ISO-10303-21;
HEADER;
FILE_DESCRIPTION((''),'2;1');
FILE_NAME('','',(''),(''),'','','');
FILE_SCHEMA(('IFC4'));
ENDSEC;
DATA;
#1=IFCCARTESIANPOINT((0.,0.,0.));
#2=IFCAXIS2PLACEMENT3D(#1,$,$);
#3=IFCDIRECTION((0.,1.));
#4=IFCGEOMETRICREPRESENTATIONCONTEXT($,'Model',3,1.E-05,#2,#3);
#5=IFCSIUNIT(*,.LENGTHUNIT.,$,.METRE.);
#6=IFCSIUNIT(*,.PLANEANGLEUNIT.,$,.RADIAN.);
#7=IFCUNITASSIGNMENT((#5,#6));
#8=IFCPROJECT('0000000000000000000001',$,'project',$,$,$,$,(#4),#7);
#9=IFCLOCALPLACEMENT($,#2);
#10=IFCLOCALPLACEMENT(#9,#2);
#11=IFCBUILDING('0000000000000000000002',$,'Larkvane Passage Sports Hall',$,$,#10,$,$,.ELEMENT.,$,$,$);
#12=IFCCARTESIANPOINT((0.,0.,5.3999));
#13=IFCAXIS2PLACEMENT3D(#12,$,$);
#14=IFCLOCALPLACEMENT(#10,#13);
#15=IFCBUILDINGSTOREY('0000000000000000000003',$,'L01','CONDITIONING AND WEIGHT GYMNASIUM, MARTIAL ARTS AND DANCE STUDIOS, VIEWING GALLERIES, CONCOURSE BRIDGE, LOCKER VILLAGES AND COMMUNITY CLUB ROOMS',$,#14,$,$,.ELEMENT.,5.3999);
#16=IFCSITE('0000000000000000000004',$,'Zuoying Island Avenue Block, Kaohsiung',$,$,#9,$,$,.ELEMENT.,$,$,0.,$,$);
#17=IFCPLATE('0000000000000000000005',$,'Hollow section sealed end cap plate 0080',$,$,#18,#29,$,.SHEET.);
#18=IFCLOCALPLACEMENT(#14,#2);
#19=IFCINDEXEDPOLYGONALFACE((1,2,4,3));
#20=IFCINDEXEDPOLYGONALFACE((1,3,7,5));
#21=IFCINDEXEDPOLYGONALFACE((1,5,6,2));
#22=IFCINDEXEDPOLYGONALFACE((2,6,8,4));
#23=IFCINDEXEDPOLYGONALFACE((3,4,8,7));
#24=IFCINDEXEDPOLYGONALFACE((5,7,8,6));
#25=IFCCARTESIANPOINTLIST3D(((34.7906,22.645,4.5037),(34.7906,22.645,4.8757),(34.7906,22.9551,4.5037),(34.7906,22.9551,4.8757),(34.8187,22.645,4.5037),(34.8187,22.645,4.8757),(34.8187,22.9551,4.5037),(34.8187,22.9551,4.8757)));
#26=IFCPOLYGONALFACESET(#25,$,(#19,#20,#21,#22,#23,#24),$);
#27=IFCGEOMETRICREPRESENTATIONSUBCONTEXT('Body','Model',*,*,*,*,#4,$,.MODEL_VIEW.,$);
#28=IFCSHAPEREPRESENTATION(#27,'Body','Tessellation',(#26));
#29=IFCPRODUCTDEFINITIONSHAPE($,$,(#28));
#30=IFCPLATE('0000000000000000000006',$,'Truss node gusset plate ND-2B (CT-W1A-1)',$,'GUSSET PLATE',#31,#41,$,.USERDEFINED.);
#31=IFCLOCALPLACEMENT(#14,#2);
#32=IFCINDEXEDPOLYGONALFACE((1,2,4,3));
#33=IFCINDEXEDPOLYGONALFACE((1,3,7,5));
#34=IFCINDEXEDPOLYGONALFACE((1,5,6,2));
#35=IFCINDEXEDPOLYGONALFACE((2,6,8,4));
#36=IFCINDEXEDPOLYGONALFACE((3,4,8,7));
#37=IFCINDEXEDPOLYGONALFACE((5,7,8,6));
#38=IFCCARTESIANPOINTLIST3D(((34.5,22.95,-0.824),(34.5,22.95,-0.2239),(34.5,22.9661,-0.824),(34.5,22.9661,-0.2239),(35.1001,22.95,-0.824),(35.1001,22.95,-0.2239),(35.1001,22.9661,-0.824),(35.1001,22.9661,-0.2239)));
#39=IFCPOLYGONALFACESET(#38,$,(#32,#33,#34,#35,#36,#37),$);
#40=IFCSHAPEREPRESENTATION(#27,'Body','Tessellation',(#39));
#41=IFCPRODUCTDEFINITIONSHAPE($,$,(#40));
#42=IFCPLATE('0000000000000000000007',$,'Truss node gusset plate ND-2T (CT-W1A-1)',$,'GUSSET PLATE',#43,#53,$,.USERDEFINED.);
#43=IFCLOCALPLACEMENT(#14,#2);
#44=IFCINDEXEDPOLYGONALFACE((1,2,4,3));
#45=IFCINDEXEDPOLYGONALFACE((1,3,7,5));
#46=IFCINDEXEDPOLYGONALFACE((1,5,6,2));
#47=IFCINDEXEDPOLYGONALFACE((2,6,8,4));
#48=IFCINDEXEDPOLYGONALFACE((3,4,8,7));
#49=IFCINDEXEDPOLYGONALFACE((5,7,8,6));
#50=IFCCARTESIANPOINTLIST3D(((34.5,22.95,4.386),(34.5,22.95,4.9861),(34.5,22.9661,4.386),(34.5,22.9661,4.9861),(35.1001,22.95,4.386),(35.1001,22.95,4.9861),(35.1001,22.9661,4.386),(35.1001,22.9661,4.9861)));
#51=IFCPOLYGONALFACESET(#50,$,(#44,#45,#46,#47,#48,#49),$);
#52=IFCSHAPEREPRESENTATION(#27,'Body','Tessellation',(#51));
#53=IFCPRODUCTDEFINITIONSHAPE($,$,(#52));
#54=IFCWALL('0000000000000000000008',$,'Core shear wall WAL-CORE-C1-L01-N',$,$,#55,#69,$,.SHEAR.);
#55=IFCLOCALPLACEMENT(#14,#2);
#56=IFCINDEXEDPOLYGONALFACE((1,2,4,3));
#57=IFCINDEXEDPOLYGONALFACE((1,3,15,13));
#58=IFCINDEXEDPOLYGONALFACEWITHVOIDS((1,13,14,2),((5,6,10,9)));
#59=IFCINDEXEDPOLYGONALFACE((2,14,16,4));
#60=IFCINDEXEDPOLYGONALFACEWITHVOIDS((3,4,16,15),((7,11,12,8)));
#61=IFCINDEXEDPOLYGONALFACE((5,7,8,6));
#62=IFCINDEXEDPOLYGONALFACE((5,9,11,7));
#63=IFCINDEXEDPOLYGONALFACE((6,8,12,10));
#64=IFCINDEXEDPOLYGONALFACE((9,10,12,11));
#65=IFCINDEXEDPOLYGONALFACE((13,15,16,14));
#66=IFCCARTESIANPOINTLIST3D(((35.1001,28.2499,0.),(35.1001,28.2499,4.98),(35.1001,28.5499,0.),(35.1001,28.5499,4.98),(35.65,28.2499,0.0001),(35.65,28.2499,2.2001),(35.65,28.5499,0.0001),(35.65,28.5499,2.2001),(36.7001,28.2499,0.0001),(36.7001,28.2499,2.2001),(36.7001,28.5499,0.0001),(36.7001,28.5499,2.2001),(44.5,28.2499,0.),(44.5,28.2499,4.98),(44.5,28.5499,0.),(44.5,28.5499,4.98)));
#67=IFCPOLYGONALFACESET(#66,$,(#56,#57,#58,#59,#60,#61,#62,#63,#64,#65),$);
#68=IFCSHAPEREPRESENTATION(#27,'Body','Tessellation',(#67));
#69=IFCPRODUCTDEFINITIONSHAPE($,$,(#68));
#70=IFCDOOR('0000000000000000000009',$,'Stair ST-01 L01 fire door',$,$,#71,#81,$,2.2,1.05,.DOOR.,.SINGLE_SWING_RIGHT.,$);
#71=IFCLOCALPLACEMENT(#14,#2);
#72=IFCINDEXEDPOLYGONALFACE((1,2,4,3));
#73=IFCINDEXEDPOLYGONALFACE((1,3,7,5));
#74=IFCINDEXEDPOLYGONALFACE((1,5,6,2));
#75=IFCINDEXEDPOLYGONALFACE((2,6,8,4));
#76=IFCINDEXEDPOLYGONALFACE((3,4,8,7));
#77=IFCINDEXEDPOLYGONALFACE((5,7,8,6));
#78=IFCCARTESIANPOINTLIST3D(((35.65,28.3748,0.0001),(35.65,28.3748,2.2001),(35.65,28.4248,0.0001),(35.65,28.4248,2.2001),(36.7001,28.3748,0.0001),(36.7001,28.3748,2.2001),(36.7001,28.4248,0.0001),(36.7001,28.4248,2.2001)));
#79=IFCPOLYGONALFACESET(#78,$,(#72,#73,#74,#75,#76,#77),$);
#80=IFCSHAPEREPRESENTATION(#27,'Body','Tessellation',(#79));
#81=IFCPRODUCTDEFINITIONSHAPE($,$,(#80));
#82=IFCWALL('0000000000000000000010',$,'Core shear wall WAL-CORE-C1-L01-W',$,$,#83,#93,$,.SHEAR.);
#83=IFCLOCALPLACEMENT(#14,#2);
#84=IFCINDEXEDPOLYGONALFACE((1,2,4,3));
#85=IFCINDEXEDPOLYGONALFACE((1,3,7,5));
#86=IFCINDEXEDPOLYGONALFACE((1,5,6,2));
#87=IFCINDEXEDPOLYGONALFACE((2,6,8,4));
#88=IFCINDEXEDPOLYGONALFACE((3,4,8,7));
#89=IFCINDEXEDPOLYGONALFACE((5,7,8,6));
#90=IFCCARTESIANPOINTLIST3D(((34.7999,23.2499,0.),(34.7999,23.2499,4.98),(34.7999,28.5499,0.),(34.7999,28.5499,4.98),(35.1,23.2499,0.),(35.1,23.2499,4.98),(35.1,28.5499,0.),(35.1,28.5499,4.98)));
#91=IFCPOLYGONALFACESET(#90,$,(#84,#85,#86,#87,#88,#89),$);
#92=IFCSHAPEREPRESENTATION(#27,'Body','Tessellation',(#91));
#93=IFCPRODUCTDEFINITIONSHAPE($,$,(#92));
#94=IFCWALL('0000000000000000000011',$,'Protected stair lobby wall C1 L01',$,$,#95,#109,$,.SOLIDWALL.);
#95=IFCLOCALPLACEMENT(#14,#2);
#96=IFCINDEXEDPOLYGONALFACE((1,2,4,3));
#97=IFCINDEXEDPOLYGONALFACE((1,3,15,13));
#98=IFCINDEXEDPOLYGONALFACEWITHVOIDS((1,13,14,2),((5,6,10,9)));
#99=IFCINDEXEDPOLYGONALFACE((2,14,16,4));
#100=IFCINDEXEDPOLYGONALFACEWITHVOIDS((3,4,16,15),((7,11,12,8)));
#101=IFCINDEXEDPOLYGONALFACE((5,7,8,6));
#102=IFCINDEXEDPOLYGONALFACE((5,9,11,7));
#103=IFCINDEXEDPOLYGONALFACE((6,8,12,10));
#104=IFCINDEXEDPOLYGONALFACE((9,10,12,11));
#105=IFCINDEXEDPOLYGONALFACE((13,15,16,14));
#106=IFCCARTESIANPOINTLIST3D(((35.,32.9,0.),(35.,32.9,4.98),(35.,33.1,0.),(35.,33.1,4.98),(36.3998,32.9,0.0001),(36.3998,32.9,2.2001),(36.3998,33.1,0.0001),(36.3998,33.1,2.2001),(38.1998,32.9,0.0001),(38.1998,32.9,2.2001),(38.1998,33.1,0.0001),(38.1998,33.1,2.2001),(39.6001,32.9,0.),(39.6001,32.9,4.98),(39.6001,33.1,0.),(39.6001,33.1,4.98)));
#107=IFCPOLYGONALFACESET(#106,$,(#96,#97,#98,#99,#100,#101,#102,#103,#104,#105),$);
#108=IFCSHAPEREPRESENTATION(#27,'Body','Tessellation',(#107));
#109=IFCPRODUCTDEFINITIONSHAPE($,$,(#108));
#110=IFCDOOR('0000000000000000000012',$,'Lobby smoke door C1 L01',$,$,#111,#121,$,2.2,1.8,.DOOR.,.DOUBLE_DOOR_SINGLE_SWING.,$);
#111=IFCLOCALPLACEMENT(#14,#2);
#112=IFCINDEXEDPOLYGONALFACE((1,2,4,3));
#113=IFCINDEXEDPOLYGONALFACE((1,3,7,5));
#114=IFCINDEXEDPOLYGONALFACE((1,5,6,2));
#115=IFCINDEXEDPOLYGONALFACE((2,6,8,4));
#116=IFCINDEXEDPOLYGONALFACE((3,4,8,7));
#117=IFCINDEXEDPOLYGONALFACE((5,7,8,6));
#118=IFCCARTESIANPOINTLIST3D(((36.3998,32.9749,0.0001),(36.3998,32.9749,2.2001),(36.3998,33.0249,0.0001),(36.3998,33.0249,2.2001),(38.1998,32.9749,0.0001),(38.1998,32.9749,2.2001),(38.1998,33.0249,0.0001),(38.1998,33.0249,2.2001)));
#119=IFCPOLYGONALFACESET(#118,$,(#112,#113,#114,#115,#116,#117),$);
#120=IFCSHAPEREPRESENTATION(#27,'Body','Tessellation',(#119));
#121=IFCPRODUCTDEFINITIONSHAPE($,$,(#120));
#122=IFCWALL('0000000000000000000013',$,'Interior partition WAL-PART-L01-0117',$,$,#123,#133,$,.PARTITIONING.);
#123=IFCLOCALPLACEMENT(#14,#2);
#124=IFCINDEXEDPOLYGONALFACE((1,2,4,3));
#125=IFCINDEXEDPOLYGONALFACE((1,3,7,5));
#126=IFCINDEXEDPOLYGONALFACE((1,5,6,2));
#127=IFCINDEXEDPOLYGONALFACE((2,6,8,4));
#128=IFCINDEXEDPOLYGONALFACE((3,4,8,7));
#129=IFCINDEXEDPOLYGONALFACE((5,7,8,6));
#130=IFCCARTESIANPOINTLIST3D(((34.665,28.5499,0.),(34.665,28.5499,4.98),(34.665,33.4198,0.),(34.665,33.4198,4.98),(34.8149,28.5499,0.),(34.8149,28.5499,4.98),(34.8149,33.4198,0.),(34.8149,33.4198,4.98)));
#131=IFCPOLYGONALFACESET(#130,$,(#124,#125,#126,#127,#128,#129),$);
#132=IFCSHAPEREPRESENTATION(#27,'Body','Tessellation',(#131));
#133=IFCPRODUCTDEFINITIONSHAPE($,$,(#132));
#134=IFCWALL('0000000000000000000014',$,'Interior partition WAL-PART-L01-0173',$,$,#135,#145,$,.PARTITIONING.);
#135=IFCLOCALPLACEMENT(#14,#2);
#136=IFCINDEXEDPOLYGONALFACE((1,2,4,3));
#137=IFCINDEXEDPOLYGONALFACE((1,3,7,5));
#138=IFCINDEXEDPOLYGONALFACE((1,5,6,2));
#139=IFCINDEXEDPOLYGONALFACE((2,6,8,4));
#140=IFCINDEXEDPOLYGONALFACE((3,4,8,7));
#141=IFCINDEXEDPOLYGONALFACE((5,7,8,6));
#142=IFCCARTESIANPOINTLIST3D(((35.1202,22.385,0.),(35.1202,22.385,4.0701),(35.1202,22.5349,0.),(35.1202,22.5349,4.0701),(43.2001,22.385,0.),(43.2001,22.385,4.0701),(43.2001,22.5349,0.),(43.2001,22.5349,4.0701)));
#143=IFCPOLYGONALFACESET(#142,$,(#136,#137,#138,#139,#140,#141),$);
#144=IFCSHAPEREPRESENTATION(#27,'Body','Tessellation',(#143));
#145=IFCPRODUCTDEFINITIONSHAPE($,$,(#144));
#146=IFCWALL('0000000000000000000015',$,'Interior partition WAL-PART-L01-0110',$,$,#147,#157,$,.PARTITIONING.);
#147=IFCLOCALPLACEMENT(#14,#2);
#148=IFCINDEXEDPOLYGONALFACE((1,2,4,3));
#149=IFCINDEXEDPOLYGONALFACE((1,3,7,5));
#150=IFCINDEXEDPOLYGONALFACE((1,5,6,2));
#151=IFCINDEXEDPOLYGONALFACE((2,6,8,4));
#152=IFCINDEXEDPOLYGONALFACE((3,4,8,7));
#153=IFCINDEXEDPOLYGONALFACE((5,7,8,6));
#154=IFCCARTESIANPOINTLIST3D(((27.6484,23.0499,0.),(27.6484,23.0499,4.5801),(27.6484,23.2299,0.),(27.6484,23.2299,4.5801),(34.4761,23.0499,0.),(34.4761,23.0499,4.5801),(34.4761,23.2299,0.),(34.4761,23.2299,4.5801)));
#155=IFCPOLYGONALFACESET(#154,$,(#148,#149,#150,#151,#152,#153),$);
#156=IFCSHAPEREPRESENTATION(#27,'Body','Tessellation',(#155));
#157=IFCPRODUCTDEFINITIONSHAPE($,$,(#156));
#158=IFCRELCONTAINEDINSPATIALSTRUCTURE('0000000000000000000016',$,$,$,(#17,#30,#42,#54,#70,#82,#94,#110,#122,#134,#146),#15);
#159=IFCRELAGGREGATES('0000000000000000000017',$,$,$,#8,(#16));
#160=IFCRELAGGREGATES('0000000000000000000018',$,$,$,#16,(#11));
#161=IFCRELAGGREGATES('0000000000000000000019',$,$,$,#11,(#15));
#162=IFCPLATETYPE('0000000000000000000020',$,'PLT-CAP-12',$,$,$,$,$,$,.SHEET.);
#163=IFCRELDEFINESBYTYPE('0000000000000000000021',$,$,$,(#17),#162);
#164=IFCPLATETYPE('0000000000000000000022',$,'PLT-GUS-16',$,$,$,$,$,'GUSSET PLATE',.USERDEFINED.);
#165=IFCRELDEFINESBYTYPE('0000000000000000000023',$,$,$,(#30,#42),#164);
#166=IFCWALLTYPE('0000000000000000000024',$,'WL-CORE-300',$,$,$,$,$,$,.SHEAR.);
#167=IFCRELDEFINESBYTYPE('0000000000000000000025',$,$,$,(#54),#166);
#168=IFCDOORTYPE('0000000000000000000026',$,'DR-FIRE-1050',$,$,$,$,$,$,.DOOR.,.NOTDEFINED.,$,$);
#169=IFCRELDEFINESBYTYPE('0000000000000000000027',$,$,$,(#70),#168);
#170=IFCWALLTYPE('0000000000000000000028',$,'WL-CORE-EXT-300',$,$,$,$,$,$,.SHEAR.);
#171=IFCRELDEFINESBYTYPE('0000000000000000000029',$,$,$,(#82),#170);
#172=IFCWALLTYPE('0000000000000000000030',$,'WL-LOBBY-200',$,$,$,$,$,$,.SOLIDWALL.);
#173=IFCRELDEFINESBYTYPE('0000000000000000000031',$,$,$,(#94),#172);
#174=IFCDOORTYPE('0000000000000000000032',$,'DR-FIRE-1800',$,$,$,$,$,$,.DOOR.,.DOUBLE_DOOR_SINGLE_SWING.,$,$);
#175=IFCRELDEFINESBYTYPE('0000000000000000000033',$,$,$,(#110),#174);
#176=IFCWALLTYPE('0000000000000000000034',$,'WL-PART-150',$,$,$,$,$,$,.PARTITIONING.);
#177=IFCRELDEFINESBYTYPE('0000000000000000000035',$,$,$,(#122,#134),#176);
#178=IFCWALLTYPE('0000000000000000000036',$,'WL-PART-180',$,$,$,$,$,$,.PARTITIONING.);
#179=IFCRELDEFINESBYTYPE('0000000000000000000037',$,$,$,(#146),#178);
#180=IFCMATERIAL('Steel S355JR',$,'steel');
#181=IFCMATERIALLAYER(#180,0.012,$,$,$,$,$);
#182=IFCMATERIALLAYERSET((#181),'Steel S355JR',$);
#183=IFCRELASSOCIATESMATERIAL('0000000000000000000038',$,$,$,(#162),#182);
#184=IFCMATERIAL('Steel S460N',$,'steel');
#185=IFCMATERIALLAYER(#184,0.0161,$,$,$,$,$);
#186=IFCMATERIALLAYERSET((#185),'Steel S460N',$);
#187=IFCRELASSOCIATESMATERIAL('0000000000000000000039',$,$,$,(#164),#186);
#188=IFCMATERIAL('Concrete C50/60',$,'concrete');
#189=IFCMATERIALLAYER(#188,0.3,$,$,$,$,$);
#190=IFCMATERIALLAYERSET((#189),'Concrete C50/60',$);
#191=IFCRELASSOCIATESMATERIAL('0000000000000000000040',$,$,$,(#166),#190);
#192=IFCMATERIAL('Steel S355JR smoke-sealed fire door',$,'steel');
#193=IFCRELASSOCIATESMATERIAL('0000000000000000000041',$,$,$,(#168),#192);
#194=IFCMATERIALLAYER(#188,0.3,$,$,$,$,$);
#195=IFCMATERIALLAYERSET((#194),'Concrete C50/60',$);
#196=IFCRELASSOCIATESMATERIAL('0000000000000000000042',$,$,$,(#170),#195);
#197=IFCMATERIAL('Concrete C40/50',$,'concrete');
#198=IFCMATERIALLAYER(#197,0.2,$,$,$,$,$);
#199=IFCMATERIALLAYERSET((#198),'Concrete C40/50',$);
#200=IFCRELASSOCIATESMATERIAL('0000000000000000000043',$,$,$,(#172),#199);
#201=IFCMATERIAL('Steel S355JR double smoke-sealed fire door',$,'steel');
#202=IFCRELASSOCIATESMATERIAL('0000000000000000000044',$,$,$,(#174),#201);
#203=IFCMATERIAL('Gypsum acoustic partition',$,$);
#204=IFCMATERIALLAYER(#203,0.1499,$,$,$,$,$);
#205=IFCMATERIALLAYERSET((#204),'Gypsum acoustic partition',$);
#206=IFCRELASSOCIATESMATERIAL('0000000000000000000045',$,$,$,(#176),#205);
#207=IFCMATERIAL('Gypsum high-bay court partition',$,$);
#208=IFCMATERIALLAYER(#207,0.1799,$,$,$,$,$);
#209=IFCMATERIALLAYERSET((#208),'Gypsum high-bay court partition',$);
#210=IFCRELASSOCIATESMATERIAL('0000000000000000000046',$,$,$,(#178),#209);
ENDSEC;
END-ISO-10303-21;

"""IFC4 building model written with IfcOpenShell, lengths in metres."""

from ifc_helpers import new_model, si_unit, direction, frame, frame_2d, origin, origin_2d, place, context, subcontext, project, spatial, rectangle, extrude, material, layer, layer_set, type_object, element, fill, save


model = new_model("IFC4")

# Units and contexts
model_context = context("Model", 3, precision=1e-05, world=origin(), true_north=direction((0.0, 1.0)))
body_context = subcontext(model_context, "Body", "Model", "MODEL_VIEW")
ifc_project = project(units=[si_unit("LENGTHUNIT", "METRE"), si_unit("PLANEANGLEUNIT", "RADIAN")], contexts=[model_context])

# Site, building, storey
site_placement = place(None, origin())
site = spatial("IfcSite", under=ifc_project, at=site_placement, Name="Zuoying Island Avenue Block, Kaohsiung", CompositionType="ELEMENT", RefElevation=0.0)
building_placement = place(site_placement, origin())
building = spatial("IfcBuilding", under=site, at=building_placement, Name="Larkvane Passage Sports Hall", CompositionType="ELEMENT")
storey_placement = place(building_placement, frame((0.0, 0.0, 5.3999)))
storey = spatial("IfcBuildingStorey", under=building, at=storey_placement, Name="L01", Description="CONDITIONING AND WEIGHT GYMNASIUM, MARTIAL ARTS AND DANCE STUDIOS, VIEWING GALLERIES, CONCOURSE BRIDGE, LOCKER VILLAGES AND COMMUNITY CLUB ROOMS", CompositionType="ELEMENT", Elevation=5.3999)

# Shared definitions
ifc_material_1 = material(Name="Steel S460N", Category="steel")

# Shared definitions
ifc_material_2 = material(Name="Steel S355JR", Category="steel")

# Plates
ifc_layer_1 = layer(ifc_material_2, 0.012)
ifc_layer_set_1 = layer_set([ifc_layer_1], Name="Steel S355JR")
plate_type_1 = type_object("IfcPlateType", Name="PLT-CAP-12", PredefinedType="SHEET", material=ifc_layer_set_1)
plate_1_placement = place(storey_placement, frame((34.8047, 22.8, 4.5037), z_axis=(0.0, 0.0, 1.0), x_axis=(0.0, 1.0, 0.0)))
element("IfcPlate", 1, at=plate_1_placement, inside=storey, type_object=plate_type_1, Name="Hollow section sealed end cap plate 0080", PredefinedType="SHEET", context=body_context, shape_type="SweptSolid", body=[
    extrude(rectangle(XDim=0.3101, YDim=0.0281, at=origin_2d()), origin(), (0.0, 0.0, 1.0), 0.3721),
])
ifc_layer_2 = layer(ifc_material_1, 0.0161)
ifc_layer_set_2 = layer_set([ifc_layer_2], Name="Steel S460N")
plate_type_2 = type_object("IfcPlateType", Name="PLT-GUS-16", ElementType="GUSSET PLATE", PredefinedType="USERDEFINED", material=ifc_layer_set_2)
for number, where, z_axis, x_axis, name in (
    (2, (34.8, 22.958, -0.824), (0.0, 0.0, 1.0), (1.0, 0.0, 0.0), "Truss node gusset plate ND-2B (CT-W1A-1)"),
    (3, (34.8, 22.958, 4.386), (0.0, 0.0, 1.0), (1.0, 0.0, 0.0), "Truss node gusset plate ND-2T (CT-W1A-1)"),
):
    element("IfcPlate", number, at=place(storey_placement, frame(where, z_axis=z_axis, x_axis=x_axis)), inside=storey, type_object=plate_type_2, Name=name, ObjectType="GUSSET PLATE", PredefinedType="USERDEFINED", context=body_context, shape_type="SweptSolid", body=[
        extrude(rectangle(XDim=0.6001, YDim=0.0161, at=origin_2d()), origin(), (0.0, 0.0, 1.0), 0.6001),
    ])

# Wall, opening, door
ifc_material_3 = material(Name="Concrete C50/60", Category="concrete")
ifc_layer_3 = layer(ifc_material_3, 0.3)
ifc_layer_set_3 = layer_set([ifc_layer_3], Name="Concrete C50/60")
wall_type_1 = type_object("IfcWallType", Name="WL-CORE-300", PredefinedType="SHEAR", material=ifc_layer_set_3)
wall_1_placement = place(storey_placement, frame((35.1001, 28.3999, 0.0), z_axis=(0.0, 0.0, 1.0), x_axis=(1.0, 0.0, 0.0)))
wall_1 = element("IfcWall", 4, at=wall_1_placement, inside=storey, type_object=wall_type_1, Name="Core shear wall WAL-CORE-C1-L01-N", PredefinedType="SHEAR", context=body_context, shape_type="SweptSolid", body=[
    extrude(rectangle(XDim=9.3999, YDim=0.3, at=frame_2d((4.7, 0.0))), origin(), (0.0, 0.0, 1.0), 4.98),
])
opening_1_placement = place(wall_1_placement, frame((0.55, 0.0, 0.0)))
opening_1 = element("IfcOpeningElement", 5, at=opening_1_placement, cuts=wall_1, PredefinedType="OPENING", context=body_context, shape_type="SweptSolid", body=[
    extrude(rectangle(XDim=1.05, YDim=2.2, at=frame_2d((0.5249, 1.1001))), frame((0.0, 0.1599, 0.0), z_axis=(0.0, -1.0, 0.0), x_axis=(1.0, 0.0, 0.0)), (0.0, 0.0, 1.0), 0.3201),
])
ifc_material_4 = material(Name="Steel S355JR smoke-sealed fire door", Category="steel")
door_type_1 = type_object("IfcDoorType", Name="DR-FIRE-1050", OperationType="NOTDEFINED", PredefinedType="DOOR", material=ifc_material_4)
door_1_placement = place(opening_1_placement, origin())
door_1 = element("IfcDoor", 6, at=door_1_placement, inside=storey, type_object=door_type_1, Name="Stair ST-01 L01 fire door", OperationType="SINGLE_SWING_RIGHT", OverallHeight=2.2, OverallWidth=1.05, PredefinedType="DOOR", context=body_context, shape_type="SweptSolid", body=[
    extrude(rectangle(XDim=1.05, YDim=2.2, at=frame_2d((0.5249, 1.1001))), frame((0.0, 0.0249, 0.0), z_axis=(0.0, -1.0, 0.0), x_axis=(1.0, 0.0, 0.0)), (0.0, 0.0, 1.0), 0.05),
])
fill(opening_1, door_1)

# Wall
ifc_layer_4 = layer(ifc_material_3, 0.3)
ifc_layer_set_4 = layer_set([ifc_layer_4], Name="Concrete C50/60")
wall_type_2 = type_object("IfcWallType", Name="WL-CORE-EXT-300", PredefinedType="SHEAR", material=ifc_layer_set_4)
wall_2_placement = place(storey_placement, frame((34.95, 23.25, 0.0), z_axis=(0.0, 0.0, 1.0), x_axis=(0.0, 1.0, 0.0)))
element("IfcWall", 7, at=wall_2_placement, inside=storey, type_object=wall_type_2, Name="Core shear wall WAL-CORE-C1-L01-W", PredefinedType="SHEAR", context=body_context, shape_type="SweptSolid", body=[
    extrude(rectangle(XDim=5.3, YDim=0.3, at=frame_2d((2.6499, 0.0))), origin(), (0.0, 0.0, 1.0), 4.98),
])

# Wall, opening, door
ifc_material_5 = material(Name="Concrete C40/50", Category="concrete")
ifc_layer_5 = layer(ifc_material_5, 0.2)
ifc_layer_set_5 = layer_set([ifc_layer_5], Name="Concrete C40/50")
wall_type_3 = type_object("IfcWallType", Name="WL-LOBBY-200", PredefinedType="SOLIDWALL", material=ifc_layer_set_5)
wall_3_placement = place(storey_placement, frame((35.0, 33.0, 0.0), z_axis=(0.0, 0.0, 1.0), x_axis=(1.0, 0.0, 0.0)))
wall_3 = element("IfcWall", 8, at=wall_3_placement, inside=storey, type_object=wall_type_3, Name="Protected stair lobby wall C1 L01", PredefinedType="SOLIDWALL", context=body_context, shape_type="SweptSolid", body=[
    extrude(rectangle(XDim=4.6001, YDim=0.2, at=frame_2d((2.3, 0.0))), origin(), (0.0, 0.0, 1.0), 4.98),
])
opening_2_placement = place(wall_3_placement, frame((1.3999, 0.0, 0.0)))
opening_2 = element("IfcOpeningElement", 9, at=opening_2_placement, cuts=wall_3, PredefinedType="OPENING", context=body_context, shape_type="SweptSolid", body=[
    extrude(rectangle(XDim=1.8, YDim=2.2, at=frame_2d((0.8999, 1.1001))), frame((0.0, 0.1099, 0.0), z_axis=(0.0, -1.0, 0.0), x_axis=(1.0, 0.0, 0.0)), (0.0, 0.0, 1.0), 0.22),
])
ifc_material_6 = material(Name="Steel S355JR double smoke-sealed fire door", Category="steel")
door_type_2 = type_object("IfcDoorType", Name="DR-FIRE-1800", OperationType="DOUBLE_DOOR_SINGLE_SWING", PredefinedType="DOOR", material=ifc_material_6)
door_2_placement = place(opening_2_placement, origin())
door_2 = element("IfcDoor", 10, at=door_2_placement, inside=storey, type_object=door_type_2, Name="Lobby smoke door C1 L01", OperationType="DOUBLE_DOOR_SINGLE_SWING", OverallHeight=2.2, OverallWidth=1.8, PredefinedType="DOOR", context=body_context, shape_type="SweptSolid", body=[
    extrude(rectangle(XDim=1.8, YDim=2.2, at=frame_2d((0.8999, 1.1001))), frame((0.0, 0.0249, 0.0), z_axis=(0.0, -1.0, 0.0), x_axis=(1.0, 0.0, 0.0)), (0.0, 0.0, 1.0), 0.05),
])
fill(opening_2, door_2)

# Walls
ifc_material_7 = material(Name="Gypsum acoustic partition")
ifc_layer_6 = layer(ifc_material_7, 0.1499)
ifc_layer_set_6 = layer_set([ifc_layer_6], Name="Gypsum acoustic partition")
wall_type_4 = type_object("IfcWallType", Name="WL-PART-150", PredefinedType="PARTITIONING", material=ifc_layer_set_6)
wall_4_placement = place(storey_placement, frame((34.74, 33.4199, 0.0), z_axis=(0.0, 0.0, 1.0), x_axis=(0.0, -1.0, 0.0)))
element("IfcWall", 11, at=wall_4_placement, inside=storey, type_object=wall_type_4, Name="Interior partition WAL-PART-L01-0117", PredefinedType="PARTITIONING", context=body_context, shape_type="SweptSolid", body=[
    extrude(rectangle(XDim=4.8699, YDim=0.1499, at=frame_2d((2.4351, 0.0))), origin(), (0.0, 0.0, 1.0), 4.98),
])
wall_5_placement = place(storey_placement, frame((35.1201, 22.46, 0.0), z_axis=(0.0, 0.0, 1.0), x_axis=(1.0, 0.0, 0.0)))
element("IfcWall", 12, at=wall_5_placement, inside=storey, type_object=wall_type_4, Name="Interior partition WAL-PART-L01-0173", PredefinedType="PARTITIONING", context=body_context, shape_type="SweptSolid", body=[
    extrude(rectangle(XDim=8.0798, YDim=0.1499, at=frame_2d((4.04, 0.0))), origin(), (0.0, 0.0, 1.0), 4.0701),
])
ifc_material_8 = material(Name="Gypsum high-bay court partition")
ifc_layer_7 = layer(ifc_material_8, 0.1799)
ifc_layer_set_7 = layer_set([ifc_layer_7], Name="Gypsum high-bay court partition")
wall_type_5 = type_object("IfcWallType", Name="WL-PART-180", PredefinedType="PARTITIONING", material=ifc_layer_set_7)
wall_6_placement = place(storey_placement, frame((34.4761, 23.1399, 0.0), z_axis=(0.0, 0.0, 1.0), x_axis=(-1.0, 0.0, 0.0)))
element("IfcWall", 13, at=wall_6_placement, inside=storey, type_object=wall_type_5, Name="Interior partition WAL-PART-L01-0110", PredefinedType="PARTITIONING", context=body_context, shape_type="SweptSolid", body=[
    extrude(rectangle(XDim=6.8276, YDim=0.1799, at=frame_2d((3.4138, 0.0))), origin(), (0.0, 0.0, 1.0), 4.5801),
])

save(model, "model.ifc")
